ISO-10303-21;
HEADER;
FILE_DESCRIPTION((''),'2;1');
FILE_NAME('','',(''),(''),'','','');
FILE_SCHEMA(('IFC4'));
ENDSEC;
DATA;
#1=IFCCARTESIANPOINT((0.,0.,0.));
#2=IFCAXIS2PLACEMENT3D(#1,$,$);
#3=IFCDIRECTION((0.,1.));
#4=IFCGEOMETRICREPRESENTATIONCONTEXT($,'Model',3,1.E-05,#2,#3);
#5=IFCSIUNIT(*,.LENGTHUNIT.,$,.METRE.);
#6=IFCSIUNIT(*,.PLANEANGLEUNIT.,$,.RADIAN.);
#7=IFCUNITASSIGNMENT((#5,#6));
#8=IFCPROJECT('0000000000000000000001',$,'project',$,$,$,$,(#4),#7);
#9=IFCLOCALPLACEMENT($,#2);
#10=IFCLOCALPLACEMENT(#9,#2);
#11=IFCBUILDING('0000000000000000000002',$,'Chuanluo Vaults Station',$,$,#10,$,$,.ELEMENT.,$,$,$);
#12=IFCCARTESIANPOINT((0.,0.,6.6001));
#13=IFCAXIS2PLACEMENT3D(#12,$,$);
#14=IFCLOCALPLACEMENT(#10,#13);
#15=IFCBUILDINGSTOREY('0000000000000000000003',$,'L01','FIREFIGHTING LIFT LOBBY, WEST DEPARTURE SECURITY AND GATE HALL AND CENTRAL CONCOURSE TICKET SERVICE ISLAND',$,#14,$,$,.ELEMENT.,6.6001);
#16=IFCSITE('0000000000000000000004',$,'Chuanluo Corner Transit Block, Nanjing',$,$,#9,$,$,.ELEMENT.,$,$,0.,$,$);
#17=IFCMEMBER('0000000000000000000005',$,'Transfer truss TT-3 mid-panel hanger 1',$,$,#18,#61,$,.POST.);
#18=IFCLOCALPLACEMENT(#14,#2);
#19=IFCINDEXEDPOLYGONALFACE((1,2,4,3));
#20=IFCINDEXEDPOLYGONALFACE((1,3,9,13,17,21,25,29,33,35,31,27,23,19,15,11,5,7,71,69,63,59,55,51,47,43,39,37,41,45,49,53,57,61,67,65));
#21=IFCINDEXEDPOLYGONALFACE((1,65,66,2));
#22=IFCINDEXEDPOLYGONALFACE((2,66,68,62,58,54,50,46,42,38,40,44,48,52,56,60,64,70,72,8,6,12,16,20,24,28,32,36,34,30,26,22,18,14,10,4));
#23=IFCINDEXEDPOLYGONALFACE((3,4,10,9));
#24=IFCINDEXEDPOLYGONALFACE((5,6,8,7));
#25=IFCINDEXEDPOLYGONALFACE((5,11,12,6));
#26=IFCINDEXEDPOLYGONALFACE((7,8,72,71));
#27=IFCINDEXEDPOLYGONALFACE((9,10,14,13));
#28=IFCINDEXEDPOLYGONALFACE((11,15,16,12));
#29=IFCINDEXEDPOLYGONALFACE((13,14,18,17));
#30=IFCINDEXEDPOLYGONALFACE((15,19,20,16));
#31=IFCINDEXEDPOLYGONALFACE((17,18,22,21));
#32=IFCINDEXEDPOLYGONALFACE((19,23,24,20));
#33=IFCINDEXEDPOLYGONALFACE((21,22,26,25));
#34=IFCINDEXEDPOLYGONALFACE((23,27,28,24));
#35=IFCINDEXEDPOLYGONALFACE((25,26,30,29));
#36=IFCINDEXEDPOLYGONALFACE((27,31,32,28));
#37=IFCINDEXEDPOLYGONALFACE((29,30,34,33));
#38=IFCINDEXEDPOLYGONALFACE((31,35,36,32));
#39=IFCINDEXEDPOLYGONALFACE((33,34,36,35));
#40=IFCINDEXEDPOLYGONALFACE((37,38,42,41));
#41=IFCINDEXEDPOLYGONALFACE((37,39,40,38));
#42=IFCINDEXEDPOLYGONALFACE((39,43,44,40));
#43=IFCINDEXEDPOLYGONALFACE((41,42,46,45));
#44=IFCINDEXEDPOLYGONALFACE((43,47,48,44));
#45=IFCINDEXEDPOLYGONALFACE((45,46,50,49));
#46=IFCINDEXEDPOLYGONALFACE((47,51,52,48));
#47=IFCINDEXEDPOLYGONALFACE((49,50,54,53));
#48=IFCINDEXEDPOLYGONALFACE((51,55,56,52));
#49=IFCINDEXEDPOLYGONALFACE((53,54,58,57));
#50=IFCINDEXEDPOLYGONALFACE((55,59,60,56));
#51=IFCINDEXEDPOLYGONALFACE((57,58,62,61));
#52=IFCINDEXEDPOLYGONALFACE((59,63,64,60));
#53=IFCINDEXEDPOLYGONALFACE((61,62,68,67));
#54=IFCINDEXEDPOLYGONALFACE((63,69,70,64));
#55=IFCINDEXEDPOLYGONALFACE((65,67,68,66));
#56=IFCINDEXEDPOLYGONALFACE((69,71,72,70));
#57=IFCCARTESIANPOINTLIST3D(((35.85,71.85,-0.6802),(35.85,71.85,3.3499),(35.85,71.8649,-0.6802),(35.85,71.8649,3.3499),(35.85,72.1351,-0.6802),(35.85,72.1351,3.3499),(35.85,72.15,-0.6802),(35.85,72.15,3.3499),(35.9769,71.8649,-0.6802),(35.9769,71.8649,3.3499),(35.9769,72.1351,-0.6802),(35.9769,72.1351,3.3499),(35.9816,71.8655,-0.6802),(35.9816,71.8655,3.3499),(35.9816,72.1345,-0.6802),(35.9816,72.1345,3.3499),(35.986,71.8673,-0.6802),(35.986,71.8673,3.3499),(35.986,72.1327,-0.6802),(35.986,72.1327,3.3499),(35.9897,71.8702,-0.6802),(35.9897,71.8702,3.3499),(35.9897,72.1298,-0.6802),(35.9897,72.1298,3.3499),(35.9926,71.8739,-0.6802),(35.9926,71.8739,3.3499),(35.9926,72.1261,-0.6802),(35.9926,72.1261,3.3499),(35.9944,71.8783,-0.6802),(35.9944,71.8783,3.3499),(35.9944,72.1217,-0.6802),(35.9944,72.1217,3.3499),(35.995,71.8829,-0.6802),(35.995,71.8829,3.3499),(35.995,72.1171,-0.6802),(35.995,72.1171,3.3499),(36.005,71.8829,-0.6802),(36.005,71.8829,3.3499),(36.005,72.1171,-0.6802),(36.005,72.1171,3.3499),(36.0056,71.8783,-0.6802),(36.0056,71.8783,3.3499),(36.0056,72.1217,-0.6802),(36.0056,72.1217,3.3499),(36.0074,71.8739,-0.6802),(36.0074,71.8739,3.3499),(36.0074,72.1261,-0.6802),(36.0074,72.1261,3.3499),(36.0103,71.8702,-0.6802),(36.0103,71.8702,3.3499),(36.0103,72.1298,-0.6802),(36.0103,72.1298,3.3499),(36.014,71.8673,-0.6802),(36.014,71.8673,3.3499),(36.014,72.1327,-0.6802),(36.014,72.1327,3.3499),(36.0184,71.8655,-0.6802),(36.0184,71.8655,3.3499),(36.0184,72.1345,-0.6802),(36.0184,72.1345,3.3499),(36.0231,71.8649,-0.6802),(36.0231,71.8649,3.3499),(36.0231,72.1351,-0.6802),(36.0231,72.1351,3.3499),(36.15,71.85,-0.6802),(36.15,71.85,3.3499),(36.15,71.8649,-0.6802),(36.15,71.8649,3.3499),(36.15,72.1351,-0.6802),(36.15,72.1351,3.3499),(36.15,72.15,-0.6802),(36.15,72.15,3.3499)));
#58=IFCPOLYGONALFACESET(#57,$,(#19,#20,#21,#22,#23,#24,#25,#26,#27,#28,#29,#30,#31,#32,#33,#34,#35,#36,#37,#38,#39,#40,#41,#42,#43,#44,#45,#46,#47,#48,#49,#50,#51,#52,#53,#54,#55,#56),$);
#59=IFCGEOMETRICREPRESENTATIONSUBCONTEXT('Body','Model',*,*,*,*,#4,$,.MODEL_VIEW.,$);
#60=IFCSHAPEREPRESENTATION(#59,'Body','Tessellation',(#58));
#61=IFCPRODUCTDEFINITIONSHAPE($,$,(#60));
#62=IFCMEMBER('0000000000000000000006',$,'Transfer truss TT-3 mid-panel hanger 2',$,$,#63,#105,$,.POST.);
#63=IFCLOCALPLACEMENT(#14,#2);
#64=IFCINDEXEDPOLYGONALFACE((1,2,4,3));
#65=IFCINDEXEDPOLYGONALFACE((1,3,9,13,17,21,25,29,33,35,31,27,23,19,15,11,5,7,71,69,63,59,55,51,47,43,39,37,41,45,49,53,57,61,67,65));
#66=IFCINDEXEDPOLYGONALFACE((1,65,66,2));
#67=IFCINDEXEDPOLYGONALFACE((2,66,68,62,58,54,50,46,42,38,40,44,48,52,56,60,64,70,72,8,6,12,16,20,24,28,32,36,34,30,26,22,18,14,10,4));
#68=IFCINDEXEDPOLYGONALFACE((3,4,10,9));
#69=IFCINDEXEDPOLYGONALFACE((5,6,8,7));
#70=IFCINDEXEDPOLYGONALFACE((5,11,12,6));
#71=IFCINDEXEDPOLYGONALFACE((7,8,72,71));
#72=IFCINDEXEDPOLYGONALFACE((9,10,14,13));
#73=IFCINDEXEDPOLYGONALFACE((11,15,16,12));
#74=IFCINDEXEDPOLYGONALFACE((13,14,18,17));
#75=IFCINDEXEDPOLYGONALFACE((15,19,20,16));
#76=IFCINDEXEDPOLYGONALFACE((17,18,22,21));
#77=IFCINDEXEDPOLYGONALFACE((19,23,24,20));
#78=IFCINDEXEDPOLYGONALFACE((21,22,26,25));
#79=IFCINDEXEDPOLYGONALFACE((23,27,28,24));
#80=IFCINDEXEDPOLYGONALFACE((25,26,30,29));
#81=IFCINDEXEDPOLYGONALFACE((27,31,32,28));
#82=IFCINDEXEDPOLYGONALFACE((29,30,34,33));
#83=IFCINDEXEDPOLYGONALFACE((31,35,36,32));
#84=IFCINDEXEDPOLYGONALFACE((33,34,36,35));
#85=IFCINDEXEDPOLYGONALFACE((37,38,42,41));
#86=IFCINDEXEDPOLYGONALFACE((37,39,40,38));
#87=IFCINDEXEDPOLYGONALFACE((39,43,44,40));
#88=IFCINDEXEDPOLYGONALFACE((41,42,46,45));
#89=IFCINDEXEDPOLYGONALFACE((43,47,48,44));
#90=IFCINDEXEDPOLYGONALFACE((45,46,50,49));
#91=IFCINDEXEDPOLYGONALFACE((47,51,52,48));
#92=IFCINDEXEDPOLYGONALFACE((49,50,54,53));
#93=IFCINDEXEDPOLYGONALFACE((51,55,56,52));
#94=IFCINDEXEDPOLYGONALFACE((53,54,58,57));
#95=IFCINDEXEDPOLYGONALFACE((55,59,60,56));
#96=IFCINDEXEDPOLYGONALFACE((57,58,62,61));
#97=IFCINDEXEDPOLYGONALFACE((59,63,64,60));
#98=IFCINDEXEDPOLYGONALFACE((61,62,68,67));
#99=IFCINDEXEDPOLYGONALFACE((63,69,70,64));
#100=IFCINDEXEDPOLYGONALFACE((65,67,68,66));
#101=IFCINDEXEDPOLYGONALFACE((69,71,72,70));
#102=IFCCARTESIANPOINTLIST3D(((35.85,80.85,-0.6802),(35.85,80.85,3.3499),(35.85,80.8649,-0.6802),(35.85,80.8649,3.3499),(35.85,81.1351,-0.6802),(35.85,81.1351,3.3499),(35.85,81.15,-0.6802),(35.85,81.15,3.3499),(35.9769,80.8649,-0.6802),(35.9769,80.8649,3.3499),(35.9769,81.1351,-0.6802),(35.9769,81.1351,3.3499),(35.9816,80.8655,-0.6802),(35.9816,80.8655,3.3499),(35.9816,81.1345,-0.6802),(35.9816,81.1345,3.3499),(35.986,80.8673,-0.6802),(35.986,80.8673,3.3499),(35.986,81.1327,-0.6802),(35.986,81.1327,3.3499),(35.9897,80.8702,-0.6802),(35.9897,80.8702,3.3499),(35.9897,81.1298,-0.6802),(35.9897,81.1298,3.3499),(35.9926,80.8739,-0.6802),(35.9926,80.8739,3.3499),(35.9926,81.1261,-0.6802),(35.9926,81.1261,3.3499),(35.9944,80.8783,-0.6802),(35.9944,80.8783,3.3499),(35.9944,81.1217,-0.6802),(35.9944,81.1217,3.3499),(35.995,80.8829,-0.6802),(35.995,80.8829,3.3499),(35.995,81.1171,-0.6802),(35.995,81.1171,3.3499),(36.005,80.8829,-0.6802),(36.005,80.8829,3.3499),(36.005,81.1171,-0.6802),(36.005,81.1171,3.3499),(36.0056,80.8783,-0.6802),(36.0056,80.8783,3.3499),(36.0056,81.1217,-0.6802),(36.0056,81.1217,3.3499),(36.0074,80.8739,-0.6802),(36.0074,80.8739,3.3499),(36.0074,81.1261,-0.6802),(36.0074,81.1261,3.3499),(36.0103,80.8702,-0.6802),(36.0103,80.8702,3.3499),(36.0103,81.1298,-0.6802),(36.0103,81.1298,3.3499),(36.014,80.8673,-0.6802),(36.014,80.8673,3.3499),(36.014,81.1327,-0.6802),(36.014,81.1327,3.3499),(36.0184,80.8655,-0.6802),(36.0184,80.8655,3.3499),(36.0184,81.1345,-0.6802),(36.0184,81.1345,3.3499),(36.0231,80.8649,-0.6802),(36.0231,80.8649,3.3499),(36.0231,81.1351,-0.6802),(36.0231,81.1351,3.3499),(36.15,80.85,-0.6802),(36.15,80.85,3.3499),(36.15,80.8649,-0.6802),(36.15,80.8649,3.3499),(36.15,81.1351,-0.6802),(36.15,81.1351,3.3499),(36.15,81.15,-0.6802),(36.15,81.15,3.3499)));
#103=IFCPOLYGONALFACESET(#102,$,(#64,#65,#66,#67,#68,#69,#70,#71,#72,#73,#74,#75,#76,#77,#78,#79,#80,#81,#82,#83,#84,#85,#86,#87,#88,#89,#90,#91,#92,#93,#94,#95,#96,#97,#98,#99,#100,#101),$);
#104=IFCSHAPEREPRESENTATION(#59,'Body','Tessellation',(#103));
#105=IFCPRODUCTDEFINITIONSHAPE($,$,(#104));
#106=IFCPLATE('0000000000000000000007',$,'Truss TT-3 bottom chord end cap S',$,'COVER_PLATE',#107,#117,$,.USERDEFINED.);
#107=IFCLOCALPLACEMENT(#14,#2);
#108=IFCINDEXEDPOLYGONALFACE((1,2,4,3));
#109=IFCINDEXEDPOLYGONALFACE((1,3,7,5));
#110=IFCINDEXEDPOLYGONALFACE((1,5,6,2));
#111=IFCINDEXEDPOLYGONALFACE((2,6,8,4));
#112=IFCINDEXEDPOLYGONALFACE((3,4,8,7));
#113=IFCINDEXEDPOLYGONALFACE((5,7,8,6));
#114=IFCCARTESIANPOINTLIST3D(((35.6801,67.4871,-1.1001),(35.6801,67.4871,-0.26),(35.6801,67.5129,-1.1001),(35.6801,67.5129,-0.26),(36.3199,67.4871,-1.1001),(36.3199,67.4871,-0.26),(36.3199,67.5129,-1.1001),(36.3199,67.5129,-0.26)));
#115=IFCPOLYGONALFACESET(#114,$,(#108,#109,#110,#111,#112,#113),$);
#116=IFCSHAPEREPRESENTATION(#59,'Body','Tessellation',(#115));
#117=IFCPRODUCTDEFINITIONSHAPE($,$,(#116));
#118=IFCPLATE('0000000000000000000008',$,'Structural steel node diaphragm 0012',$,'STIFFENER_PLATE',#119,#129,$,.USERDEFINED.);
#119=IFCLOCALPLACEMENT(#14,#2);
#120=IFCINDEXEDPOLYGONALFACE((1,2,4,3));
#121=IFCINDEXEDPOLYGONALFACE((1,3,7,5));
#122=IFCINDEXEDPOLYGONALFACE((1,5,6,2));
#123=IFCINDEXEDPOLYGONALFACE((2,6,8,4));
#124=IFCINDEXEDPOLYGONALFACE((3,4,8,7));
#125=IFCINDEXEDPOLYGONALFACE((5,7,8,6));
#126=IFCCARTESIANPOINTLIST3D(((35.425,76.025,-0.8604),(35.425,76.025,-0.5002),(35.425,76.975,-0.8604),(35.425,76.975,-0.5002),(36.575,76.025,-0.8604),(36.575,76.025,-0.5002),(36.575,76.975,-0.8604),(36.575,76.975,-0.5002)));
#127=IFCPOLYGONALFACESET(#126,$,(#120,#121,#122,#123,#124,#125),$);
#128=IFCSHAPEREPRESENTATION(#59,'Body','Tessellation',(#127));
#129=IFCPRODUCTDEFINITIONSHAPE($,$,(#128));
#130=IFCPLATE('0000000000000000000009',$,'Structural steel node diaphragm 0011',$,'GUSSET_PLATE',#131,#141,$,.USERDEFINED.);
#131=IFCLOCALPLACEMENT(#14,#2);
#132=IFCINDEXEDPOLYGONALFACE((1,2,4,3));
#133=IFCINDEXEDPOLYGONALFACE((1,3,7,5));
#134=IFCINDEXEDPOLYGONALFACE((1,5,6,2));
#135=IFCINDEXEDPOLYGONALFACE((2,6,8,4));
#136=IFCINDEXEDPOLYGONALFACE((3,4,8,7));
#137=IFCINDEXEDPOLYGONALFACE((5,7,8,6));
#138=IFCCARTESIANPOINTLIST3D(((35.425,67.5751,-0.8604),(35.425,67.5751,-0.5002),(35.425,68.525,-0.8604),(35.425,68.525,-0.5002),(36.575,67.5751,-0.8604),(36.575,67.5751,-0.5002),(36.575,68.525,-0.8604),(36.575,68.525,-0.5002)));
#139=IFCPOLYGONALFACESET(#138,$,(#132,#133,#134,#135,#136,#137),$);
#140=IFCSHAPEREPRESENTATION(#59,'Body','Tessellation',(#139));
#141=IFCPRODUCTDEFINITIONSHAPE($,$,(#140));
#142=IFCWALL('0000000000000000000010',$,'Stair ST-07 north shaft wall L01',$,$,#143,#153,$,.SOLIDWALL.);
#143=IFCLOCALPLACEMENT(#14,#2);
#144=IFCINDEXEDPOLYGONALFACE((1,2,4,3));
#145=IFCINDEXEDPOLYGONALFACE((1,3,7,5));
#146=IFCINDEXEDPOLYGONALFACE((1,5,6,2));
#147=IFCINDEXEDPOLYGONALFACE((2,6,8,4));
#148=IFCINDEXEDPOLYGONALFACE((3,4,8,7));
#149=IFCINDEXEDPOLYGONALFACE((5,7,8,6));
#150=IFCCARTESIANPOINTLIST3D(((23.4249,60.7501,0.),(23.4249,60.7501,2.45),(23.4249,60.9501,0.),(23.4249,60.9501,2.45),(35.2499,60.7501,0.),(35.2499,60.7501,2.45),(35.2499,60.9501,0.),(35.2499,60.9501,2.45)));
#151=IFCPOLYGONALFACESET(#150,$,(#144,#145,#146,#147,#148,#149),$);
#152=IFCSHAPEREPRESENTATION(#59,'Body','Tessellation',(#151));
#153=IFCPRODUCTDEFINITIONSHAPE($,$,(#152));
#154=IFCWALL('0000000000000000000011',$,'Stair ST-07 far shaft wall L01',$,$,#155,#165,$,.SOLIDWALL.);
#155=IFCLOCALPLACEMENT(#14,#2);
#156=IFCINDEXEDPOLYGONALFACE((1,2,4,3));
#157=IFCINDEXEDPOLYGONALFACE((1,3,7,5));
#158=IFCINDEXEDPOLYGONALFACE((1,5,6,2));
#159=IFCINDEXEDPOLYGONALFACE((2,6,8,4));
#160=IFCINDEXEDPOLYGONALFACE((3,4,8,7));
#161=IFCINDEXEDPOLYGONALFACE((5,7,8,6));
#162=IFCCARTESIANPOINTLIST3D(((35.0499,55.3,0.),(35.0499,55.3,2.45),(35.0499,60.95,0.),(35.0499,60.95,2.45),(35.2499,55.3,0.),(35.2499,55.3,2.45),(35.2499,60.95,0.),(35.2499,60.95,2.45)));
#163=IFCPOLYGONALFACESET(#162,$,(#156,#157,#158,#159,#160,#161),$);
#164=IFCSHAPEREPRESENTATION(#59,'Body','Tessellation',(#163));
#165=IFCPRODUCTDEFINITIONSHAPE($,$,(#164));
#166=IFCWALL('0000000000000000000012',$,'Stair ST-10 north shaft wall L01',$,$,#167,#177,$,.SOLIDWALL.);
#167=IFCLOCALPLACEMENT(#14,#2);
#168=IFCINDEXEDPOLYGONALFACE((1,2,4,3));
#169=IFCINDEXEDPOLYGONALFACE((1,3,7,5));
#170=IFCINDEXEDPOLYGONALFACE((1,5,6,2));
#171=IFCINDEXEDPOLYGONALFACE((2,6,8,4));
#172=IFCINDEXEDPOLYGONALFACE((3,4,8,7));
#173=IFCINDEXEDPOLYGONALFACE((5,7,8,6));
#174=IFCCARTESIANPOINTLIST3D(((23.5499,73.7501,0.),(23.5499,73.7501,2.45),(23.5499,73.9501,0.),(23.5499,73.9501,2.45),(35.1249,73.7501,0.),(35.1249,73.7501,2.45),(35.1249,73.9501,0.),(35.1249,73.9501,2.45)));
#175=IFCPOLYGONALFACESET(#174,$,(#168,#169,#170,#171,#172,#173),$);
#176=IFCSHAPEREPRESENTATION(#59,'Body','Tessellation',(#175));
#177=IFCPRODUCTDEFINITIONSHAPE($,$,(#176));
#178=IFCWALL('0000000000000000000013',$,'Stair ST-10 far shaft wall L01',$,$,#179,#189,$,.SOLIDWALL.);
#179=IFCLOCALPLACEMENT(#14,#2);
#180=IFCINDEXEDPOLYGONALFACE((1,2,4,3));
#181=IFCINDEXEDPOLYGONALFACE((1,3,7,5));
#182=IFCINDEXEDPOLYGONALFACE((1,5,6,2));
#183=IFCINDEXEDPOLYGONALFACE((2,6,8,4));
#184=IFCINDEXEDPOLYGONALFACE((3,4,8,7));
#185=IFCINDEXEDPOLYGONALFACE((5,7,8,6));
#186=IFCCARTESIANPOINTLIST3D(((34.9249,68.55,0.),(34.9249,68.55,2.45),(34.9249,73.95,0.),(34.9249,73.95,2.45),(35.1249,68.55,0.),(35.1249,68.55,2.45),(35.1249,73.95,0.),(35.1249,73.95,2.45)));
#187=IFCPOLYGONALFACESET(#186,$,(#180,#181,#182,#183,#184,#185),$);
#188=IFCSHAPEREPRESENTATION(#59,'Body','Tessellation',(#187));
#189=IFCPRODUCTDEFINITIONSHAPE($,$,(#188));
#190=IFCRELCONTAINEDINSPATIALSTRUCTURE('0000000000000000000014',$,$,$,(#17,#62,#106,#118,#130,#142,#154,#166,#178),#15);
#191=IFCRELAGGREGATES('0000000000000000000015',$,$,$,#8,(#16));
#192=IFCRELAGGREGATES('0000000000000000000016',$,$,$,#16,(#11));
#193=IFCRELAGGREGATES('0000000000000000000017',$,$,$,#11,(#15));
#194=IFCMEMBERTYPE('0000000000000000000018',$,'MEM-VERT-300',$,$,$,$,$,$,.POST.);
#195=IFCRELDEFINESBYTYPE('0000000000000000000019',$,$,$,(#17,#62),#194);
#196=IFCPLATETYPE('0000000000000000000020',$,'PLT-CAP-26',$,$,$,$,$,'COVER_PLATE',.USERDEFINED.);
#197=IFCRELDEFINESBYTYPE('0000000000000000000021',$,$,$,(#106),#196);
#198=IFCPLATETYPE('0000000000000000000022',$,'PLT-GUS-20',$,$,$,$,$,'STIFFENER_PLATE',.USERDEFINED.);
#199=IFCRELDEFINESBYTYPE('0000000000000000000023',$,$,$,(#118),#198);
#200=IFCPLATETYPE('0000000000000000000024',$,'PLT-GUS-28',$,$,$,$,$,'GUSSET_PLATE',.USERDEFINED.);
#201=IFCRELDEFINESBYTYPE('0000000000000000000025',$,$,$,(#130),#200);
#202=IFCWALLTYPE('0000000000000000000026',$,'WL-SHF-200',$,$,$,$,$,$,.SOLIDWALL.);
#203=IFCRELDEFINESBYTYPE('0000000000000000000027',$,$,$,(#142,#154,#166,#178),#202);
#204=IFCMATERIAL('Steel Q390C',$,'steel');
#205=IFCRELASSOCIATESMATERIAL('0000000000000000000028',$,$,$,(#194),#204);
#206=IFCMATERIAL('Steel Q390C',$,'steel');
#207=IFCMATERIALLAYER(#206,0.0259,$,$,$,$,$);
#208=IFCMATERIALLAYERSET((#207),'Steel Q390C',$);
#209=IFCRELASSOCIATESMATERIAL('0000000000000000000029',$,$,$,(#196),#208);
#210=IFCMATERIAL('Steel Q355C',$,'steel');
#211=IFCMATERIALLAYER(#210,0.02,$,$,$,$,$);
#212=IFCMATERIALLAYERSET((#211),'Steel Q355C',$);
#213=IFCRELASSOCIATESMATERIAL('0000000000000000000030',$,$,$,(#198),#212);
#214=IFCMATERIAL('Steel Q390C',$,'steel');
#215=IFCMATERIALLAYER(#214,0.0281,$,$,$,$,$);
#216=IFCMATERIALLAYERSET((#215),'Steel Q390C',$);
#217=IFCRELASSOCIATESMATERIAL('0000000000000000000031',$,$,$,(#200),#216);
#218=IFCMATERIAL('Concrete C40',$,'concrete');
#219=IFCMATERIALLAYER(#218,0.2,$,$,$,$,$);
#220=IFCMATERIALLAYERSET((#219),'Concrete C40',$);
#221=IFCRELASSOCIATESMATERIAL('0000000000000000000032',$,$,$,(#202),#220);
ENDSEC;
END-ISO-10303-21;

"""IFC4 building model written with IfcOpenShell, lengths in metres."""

from ifc_helpers import new_model, si_unit, direction, frame, frame_2d, origin, origin_2d, place, context, subcontext, project, spatial, rectangle, i_section, extrude, material, layer, layer_set, material_profile, profile_set, type_object, element, save


model = new_model("IFC4")

# Units and contexts
model_context = context("Model", 3, precision=1e-05, world=origin(), true_north=direction((0.0, 1.0)))
body_context = subcontext(model_context, "Body", "Model", "MODEL_VIEW")
ifc_project = project(units=[si_unit("LENGTHUNIT", "METRE"), si_unit("PLANEANGLEUNIT", "RADIAN")], contexts=[model_context])

# Site, building, storey
site_placement = place(None, origin())
site = spatial("IfcSite", under=ifc_project, at=site_placement, Name="Chuanluo Corner Transit Block, Nanjing", CompositionType="ELEMENT", RefElevation=0.0)
building_placement = place(site_placement, origin())
building = spatial("IfcBuilding", under=site, at=building_placement, Name="Chuanluo Vaults Station", CompositionType="ELEMENT")
storey_placement = place(building_placement, frame((0.0, 0.0, 6.6001)))
storey = spatial("IfcBuildingStorey", under=building, at=storey_placement, Name="L01", Description="FIREFIGHTING LIFT LOBBY, WEST DEPARTURE SECURITY AND GATE HALL AND CENTRAL CONCOURSE TICKET SERVICE ISLAND", CompositionType="ELEMENT", Elevation=6.6001)

# Members
ifc_material_1 = material(Name="Steel Q390C", Category="steel")
ifc_material_profile_1 = material_profile(ifc_material_1, i_section(OverallWidth=0.3, OverallDepth=0.3, WebThickness=0.01, FlangeThickness=0.0149, FilletRadius=0.0181, at=origin_2d()))
ifc_profile_set_1 = profile_set([ifc_material_profile_1], Name="Steel Q390C")
member_type_1 = type_object("IfcMemberType", Name="MEM-VERT-300", PredefinedType="POST", material=ifc_profile_set_1)
for number, where, z_axis, x_axis, name in (
    (1, (36.0, 72.0, -0.6802), (0.0, 0.0, 1.0), (1.0, 0.0, 0.0), "Transfer truss TT-3 mid-panel hanger 1"),
    (2, (36.0, 81.0, -0.6802), (0.0, 0.0, 1.0), (1.0, 0.0, 0.0), "Transfer truss TT-3 mid-panel hanger 2"),
):
    element("IfcMember", number, at=place(storey_placement, frame(where, z_axis=z_axis, x_axis=x_axis)), inside=storey, type_object=member_type_1, Name=name, PredefinedType="POST", context=body_context, shape_type="SweptSolid", body=[
        extrude(i_section(OverallWidth=0.3, OverallDepth=0.3, WebThickness=0.01, FlangeThickness=0.0149, FilletRadius=0.0181, at=origin_2d()), origin(), (0.0, 0.0, 1.0), 4.03),
    ])

# Plates
ifc_material_2 = material(Name="Steel Q390C", Category="steel")
ifc_layer_1 = layer(ifc_material_2, 0.0259)
ifc_layer_set_1 = layer_set([ifc_layer_1], Name="Steel Q390C")
plate_type_1 = type_object("IfcPlateType", Name="PLT-CAP-26", ElementType="COVER_PLATE", PredefinedType="USERDEFINED", material=ifc_layer_set_1)
plate_1_placement = place(storey_placement, frame((36.0, 67.5, -1.1001), z_axis=(0.0, 0.0, 1.0), x_axis=(1.0, 0.0, 0.0)))
element("IfcPlate", 3, at=plate_1_placement, inside=storey, type_object=plate_type_1, Name="Truss TT-3 bottom chord end cap S", ObjectType="COVER_PLATE", PredefinedType="USERDEFINED", context=body_context, shape_type="SweptSolid", body=[
    extrude(rectangle(XDim=0.6399, YDim=0.0259, at=origin_2d()), origin(), (0.0, 0.0, 1.0), 0.8401),
])
ifc_material_3 = material(Name="Steel Q355C", Category="steel")
ifc_layer_2 = layer(ifc_material_3, 0.02)
ifc_layer_set_2 = layer_set([ifc_layer_2], Name="Steel Q355C")
plate_type_2 = type_object("IfcPlateType", Name="PLT-GUS-20", ElementType="STIFFENER_PLATE", PredefinedType="USERDEFINED", material=ifc_layer_set_2)
plate_2_placement = place(storey_placement, frame((36.0, 76.5, -0.8604), z_axis=(0.0, 0.0, 1.0), x_axis=(1.0, 0.0, 0.0)))
element("IfcPlate", 4, at=plate_2_placement, inside=storey, type_object=plate_type_2, Name="Structural steel node diaphragm 0012", ObjectType="STIFFENER_PLATE", PredefinedType="USERDEFINED", context=body_context, shape_type="SweptSolid", body=[
    extrude(rectangle(XDim=1.1499, YDim=0.95, at=origin_2d()), origin(), (0.0, 0.0, 1.0), 0.3601),
])
ifc_material_4 = material(Name="Steel Q390C", Category="steel")
ifc_layer_3 = layer(ifc_material_4, 0.0281)
ifc_layer_set_3 = layer_set([ifc_layer_3], Name="Steel Q390C")
plate_type_3 = type_object("IfcPlateType", Name="PLT-GUS-28", ElementType="GUSSET_PLATE", PredefinedType="USERDEFINED", material=ifc_layer_set_3)
plate_3_placement = place(storey_placement, frame((36.0, 68.05, -0.8604), z_axis=(0.0, 0.0, 1.0), x_axis=(1.0, 0.0, 0.0)))
element("IfcPlate", 5, at=plate_3_placement, inside=storey, type_object=plate_type_3, Name="Structural steel node diaphragm 0011", ObjectType="GUSSET_PLATE", PredefinedType="USERDEFINED", context=body_context, shape_type="SweptSolid", body=[
    extrude(rectangle(XDim=1.1499, YDim=0.95, at=origin_2d()), origin(), (0.0, 0.0, 1.0), 0.3601),
])

# Walls
ifc_material_5 = material(Name="Concrete C40", Category="concrete")
ifc_layer_4 = layer(ifc_material_5, 0.2)
ifc_layer_set_4 = layer_set([ifc_layer_4], Name="Concrete C40")
wall_type = type_object("IfcWallType", Name="WL-SHF-200", PredefinedType="SOLIDWALL", material=ifc_layer_set_4)
wall_1_placement = place(storey_placement, frame((35.25, 60.8501, 0.0), z_axis=(0.0, 0.0, 1.0), x_axis=(-1.0, 0.0, 0.0)))
element("IfcWall", 6, at=wall_1_placement, inside=storey, type_object=wall_type, Name="Stair ST-07 north shaft wall L01", PredefinedType="SOLIDWALL", context=body_context, shape_type="SweptSolid", body=[
    extrude(rectangle(XDim=11.825, YDim=0.2, at=frame_2d((5.9126, 0.0))), origin(), (0.0, 0.0, 1.0), 2.45),
])
wall_2_placement = place(storey_placement, frame((35.1499, 55.3, 0.0), z_axis=(0.0, 0.0, 1.0), x_axis=(0.0, 1.0, 0.0)))
element("IfcWall", 7, at=wall_2_placement, inside=storey, type_object=wall_type, Name="Stair ST-07 far shaft wall L01", PredefinedType="SOLIDWALL", context=body_context, shape_type="SweptSolid", body=[
    extrude(rectangle(XDim=5.6499, YDim=0.2, at=frame_2d((2.825, 0.0))), origin(), (0.0, 0.0, 1.0), 2.45),
])
wall_3_placement = place(storey_placement, frame((35.125, 73.8501, 0.0), z_axis=(0.0, 0.0, 1.0), x_axis=(-1.0, 0.0, 0.0)))
element("IfcWall", 8, at=wall_3_placement, inside=storey, type_object=wall_type, Name="Stair ST-10 north shaft wall L01", PredefinedType="SOLIDWALL", context=body_context, shape_type="SweptSolid", body=[
    extrude(rectangle(XDim=11.575, YDim=0.2, at=frame_2d((5.7876, 0.0))), origin(), (0.0, 0.0, 1.0), 2.45),
])
wall_4_placement = place(storey_placement, frame((35.0249, 68.55, 0.0), z_axis=(0.0, 0.0, 1.0), x_axis=(0.0, 1.0, 0.0)))
element("IfcWall", 9, at=wall_4_placement, inside=storey, type_object=wall_type, Name="Stair ST-10 far shaft wall L01", PredefinedType="SOLIDWALL", context=body_context, shape_type="SweptSolid", body=[
    extrude(rectangle(XDim=5.3999, YDim=0.2, at=frame_2d((2.7, 0.0))), origin(), (0.0, 0.0, 1.0), 2.45),
])

save(model, "model.ifc")
